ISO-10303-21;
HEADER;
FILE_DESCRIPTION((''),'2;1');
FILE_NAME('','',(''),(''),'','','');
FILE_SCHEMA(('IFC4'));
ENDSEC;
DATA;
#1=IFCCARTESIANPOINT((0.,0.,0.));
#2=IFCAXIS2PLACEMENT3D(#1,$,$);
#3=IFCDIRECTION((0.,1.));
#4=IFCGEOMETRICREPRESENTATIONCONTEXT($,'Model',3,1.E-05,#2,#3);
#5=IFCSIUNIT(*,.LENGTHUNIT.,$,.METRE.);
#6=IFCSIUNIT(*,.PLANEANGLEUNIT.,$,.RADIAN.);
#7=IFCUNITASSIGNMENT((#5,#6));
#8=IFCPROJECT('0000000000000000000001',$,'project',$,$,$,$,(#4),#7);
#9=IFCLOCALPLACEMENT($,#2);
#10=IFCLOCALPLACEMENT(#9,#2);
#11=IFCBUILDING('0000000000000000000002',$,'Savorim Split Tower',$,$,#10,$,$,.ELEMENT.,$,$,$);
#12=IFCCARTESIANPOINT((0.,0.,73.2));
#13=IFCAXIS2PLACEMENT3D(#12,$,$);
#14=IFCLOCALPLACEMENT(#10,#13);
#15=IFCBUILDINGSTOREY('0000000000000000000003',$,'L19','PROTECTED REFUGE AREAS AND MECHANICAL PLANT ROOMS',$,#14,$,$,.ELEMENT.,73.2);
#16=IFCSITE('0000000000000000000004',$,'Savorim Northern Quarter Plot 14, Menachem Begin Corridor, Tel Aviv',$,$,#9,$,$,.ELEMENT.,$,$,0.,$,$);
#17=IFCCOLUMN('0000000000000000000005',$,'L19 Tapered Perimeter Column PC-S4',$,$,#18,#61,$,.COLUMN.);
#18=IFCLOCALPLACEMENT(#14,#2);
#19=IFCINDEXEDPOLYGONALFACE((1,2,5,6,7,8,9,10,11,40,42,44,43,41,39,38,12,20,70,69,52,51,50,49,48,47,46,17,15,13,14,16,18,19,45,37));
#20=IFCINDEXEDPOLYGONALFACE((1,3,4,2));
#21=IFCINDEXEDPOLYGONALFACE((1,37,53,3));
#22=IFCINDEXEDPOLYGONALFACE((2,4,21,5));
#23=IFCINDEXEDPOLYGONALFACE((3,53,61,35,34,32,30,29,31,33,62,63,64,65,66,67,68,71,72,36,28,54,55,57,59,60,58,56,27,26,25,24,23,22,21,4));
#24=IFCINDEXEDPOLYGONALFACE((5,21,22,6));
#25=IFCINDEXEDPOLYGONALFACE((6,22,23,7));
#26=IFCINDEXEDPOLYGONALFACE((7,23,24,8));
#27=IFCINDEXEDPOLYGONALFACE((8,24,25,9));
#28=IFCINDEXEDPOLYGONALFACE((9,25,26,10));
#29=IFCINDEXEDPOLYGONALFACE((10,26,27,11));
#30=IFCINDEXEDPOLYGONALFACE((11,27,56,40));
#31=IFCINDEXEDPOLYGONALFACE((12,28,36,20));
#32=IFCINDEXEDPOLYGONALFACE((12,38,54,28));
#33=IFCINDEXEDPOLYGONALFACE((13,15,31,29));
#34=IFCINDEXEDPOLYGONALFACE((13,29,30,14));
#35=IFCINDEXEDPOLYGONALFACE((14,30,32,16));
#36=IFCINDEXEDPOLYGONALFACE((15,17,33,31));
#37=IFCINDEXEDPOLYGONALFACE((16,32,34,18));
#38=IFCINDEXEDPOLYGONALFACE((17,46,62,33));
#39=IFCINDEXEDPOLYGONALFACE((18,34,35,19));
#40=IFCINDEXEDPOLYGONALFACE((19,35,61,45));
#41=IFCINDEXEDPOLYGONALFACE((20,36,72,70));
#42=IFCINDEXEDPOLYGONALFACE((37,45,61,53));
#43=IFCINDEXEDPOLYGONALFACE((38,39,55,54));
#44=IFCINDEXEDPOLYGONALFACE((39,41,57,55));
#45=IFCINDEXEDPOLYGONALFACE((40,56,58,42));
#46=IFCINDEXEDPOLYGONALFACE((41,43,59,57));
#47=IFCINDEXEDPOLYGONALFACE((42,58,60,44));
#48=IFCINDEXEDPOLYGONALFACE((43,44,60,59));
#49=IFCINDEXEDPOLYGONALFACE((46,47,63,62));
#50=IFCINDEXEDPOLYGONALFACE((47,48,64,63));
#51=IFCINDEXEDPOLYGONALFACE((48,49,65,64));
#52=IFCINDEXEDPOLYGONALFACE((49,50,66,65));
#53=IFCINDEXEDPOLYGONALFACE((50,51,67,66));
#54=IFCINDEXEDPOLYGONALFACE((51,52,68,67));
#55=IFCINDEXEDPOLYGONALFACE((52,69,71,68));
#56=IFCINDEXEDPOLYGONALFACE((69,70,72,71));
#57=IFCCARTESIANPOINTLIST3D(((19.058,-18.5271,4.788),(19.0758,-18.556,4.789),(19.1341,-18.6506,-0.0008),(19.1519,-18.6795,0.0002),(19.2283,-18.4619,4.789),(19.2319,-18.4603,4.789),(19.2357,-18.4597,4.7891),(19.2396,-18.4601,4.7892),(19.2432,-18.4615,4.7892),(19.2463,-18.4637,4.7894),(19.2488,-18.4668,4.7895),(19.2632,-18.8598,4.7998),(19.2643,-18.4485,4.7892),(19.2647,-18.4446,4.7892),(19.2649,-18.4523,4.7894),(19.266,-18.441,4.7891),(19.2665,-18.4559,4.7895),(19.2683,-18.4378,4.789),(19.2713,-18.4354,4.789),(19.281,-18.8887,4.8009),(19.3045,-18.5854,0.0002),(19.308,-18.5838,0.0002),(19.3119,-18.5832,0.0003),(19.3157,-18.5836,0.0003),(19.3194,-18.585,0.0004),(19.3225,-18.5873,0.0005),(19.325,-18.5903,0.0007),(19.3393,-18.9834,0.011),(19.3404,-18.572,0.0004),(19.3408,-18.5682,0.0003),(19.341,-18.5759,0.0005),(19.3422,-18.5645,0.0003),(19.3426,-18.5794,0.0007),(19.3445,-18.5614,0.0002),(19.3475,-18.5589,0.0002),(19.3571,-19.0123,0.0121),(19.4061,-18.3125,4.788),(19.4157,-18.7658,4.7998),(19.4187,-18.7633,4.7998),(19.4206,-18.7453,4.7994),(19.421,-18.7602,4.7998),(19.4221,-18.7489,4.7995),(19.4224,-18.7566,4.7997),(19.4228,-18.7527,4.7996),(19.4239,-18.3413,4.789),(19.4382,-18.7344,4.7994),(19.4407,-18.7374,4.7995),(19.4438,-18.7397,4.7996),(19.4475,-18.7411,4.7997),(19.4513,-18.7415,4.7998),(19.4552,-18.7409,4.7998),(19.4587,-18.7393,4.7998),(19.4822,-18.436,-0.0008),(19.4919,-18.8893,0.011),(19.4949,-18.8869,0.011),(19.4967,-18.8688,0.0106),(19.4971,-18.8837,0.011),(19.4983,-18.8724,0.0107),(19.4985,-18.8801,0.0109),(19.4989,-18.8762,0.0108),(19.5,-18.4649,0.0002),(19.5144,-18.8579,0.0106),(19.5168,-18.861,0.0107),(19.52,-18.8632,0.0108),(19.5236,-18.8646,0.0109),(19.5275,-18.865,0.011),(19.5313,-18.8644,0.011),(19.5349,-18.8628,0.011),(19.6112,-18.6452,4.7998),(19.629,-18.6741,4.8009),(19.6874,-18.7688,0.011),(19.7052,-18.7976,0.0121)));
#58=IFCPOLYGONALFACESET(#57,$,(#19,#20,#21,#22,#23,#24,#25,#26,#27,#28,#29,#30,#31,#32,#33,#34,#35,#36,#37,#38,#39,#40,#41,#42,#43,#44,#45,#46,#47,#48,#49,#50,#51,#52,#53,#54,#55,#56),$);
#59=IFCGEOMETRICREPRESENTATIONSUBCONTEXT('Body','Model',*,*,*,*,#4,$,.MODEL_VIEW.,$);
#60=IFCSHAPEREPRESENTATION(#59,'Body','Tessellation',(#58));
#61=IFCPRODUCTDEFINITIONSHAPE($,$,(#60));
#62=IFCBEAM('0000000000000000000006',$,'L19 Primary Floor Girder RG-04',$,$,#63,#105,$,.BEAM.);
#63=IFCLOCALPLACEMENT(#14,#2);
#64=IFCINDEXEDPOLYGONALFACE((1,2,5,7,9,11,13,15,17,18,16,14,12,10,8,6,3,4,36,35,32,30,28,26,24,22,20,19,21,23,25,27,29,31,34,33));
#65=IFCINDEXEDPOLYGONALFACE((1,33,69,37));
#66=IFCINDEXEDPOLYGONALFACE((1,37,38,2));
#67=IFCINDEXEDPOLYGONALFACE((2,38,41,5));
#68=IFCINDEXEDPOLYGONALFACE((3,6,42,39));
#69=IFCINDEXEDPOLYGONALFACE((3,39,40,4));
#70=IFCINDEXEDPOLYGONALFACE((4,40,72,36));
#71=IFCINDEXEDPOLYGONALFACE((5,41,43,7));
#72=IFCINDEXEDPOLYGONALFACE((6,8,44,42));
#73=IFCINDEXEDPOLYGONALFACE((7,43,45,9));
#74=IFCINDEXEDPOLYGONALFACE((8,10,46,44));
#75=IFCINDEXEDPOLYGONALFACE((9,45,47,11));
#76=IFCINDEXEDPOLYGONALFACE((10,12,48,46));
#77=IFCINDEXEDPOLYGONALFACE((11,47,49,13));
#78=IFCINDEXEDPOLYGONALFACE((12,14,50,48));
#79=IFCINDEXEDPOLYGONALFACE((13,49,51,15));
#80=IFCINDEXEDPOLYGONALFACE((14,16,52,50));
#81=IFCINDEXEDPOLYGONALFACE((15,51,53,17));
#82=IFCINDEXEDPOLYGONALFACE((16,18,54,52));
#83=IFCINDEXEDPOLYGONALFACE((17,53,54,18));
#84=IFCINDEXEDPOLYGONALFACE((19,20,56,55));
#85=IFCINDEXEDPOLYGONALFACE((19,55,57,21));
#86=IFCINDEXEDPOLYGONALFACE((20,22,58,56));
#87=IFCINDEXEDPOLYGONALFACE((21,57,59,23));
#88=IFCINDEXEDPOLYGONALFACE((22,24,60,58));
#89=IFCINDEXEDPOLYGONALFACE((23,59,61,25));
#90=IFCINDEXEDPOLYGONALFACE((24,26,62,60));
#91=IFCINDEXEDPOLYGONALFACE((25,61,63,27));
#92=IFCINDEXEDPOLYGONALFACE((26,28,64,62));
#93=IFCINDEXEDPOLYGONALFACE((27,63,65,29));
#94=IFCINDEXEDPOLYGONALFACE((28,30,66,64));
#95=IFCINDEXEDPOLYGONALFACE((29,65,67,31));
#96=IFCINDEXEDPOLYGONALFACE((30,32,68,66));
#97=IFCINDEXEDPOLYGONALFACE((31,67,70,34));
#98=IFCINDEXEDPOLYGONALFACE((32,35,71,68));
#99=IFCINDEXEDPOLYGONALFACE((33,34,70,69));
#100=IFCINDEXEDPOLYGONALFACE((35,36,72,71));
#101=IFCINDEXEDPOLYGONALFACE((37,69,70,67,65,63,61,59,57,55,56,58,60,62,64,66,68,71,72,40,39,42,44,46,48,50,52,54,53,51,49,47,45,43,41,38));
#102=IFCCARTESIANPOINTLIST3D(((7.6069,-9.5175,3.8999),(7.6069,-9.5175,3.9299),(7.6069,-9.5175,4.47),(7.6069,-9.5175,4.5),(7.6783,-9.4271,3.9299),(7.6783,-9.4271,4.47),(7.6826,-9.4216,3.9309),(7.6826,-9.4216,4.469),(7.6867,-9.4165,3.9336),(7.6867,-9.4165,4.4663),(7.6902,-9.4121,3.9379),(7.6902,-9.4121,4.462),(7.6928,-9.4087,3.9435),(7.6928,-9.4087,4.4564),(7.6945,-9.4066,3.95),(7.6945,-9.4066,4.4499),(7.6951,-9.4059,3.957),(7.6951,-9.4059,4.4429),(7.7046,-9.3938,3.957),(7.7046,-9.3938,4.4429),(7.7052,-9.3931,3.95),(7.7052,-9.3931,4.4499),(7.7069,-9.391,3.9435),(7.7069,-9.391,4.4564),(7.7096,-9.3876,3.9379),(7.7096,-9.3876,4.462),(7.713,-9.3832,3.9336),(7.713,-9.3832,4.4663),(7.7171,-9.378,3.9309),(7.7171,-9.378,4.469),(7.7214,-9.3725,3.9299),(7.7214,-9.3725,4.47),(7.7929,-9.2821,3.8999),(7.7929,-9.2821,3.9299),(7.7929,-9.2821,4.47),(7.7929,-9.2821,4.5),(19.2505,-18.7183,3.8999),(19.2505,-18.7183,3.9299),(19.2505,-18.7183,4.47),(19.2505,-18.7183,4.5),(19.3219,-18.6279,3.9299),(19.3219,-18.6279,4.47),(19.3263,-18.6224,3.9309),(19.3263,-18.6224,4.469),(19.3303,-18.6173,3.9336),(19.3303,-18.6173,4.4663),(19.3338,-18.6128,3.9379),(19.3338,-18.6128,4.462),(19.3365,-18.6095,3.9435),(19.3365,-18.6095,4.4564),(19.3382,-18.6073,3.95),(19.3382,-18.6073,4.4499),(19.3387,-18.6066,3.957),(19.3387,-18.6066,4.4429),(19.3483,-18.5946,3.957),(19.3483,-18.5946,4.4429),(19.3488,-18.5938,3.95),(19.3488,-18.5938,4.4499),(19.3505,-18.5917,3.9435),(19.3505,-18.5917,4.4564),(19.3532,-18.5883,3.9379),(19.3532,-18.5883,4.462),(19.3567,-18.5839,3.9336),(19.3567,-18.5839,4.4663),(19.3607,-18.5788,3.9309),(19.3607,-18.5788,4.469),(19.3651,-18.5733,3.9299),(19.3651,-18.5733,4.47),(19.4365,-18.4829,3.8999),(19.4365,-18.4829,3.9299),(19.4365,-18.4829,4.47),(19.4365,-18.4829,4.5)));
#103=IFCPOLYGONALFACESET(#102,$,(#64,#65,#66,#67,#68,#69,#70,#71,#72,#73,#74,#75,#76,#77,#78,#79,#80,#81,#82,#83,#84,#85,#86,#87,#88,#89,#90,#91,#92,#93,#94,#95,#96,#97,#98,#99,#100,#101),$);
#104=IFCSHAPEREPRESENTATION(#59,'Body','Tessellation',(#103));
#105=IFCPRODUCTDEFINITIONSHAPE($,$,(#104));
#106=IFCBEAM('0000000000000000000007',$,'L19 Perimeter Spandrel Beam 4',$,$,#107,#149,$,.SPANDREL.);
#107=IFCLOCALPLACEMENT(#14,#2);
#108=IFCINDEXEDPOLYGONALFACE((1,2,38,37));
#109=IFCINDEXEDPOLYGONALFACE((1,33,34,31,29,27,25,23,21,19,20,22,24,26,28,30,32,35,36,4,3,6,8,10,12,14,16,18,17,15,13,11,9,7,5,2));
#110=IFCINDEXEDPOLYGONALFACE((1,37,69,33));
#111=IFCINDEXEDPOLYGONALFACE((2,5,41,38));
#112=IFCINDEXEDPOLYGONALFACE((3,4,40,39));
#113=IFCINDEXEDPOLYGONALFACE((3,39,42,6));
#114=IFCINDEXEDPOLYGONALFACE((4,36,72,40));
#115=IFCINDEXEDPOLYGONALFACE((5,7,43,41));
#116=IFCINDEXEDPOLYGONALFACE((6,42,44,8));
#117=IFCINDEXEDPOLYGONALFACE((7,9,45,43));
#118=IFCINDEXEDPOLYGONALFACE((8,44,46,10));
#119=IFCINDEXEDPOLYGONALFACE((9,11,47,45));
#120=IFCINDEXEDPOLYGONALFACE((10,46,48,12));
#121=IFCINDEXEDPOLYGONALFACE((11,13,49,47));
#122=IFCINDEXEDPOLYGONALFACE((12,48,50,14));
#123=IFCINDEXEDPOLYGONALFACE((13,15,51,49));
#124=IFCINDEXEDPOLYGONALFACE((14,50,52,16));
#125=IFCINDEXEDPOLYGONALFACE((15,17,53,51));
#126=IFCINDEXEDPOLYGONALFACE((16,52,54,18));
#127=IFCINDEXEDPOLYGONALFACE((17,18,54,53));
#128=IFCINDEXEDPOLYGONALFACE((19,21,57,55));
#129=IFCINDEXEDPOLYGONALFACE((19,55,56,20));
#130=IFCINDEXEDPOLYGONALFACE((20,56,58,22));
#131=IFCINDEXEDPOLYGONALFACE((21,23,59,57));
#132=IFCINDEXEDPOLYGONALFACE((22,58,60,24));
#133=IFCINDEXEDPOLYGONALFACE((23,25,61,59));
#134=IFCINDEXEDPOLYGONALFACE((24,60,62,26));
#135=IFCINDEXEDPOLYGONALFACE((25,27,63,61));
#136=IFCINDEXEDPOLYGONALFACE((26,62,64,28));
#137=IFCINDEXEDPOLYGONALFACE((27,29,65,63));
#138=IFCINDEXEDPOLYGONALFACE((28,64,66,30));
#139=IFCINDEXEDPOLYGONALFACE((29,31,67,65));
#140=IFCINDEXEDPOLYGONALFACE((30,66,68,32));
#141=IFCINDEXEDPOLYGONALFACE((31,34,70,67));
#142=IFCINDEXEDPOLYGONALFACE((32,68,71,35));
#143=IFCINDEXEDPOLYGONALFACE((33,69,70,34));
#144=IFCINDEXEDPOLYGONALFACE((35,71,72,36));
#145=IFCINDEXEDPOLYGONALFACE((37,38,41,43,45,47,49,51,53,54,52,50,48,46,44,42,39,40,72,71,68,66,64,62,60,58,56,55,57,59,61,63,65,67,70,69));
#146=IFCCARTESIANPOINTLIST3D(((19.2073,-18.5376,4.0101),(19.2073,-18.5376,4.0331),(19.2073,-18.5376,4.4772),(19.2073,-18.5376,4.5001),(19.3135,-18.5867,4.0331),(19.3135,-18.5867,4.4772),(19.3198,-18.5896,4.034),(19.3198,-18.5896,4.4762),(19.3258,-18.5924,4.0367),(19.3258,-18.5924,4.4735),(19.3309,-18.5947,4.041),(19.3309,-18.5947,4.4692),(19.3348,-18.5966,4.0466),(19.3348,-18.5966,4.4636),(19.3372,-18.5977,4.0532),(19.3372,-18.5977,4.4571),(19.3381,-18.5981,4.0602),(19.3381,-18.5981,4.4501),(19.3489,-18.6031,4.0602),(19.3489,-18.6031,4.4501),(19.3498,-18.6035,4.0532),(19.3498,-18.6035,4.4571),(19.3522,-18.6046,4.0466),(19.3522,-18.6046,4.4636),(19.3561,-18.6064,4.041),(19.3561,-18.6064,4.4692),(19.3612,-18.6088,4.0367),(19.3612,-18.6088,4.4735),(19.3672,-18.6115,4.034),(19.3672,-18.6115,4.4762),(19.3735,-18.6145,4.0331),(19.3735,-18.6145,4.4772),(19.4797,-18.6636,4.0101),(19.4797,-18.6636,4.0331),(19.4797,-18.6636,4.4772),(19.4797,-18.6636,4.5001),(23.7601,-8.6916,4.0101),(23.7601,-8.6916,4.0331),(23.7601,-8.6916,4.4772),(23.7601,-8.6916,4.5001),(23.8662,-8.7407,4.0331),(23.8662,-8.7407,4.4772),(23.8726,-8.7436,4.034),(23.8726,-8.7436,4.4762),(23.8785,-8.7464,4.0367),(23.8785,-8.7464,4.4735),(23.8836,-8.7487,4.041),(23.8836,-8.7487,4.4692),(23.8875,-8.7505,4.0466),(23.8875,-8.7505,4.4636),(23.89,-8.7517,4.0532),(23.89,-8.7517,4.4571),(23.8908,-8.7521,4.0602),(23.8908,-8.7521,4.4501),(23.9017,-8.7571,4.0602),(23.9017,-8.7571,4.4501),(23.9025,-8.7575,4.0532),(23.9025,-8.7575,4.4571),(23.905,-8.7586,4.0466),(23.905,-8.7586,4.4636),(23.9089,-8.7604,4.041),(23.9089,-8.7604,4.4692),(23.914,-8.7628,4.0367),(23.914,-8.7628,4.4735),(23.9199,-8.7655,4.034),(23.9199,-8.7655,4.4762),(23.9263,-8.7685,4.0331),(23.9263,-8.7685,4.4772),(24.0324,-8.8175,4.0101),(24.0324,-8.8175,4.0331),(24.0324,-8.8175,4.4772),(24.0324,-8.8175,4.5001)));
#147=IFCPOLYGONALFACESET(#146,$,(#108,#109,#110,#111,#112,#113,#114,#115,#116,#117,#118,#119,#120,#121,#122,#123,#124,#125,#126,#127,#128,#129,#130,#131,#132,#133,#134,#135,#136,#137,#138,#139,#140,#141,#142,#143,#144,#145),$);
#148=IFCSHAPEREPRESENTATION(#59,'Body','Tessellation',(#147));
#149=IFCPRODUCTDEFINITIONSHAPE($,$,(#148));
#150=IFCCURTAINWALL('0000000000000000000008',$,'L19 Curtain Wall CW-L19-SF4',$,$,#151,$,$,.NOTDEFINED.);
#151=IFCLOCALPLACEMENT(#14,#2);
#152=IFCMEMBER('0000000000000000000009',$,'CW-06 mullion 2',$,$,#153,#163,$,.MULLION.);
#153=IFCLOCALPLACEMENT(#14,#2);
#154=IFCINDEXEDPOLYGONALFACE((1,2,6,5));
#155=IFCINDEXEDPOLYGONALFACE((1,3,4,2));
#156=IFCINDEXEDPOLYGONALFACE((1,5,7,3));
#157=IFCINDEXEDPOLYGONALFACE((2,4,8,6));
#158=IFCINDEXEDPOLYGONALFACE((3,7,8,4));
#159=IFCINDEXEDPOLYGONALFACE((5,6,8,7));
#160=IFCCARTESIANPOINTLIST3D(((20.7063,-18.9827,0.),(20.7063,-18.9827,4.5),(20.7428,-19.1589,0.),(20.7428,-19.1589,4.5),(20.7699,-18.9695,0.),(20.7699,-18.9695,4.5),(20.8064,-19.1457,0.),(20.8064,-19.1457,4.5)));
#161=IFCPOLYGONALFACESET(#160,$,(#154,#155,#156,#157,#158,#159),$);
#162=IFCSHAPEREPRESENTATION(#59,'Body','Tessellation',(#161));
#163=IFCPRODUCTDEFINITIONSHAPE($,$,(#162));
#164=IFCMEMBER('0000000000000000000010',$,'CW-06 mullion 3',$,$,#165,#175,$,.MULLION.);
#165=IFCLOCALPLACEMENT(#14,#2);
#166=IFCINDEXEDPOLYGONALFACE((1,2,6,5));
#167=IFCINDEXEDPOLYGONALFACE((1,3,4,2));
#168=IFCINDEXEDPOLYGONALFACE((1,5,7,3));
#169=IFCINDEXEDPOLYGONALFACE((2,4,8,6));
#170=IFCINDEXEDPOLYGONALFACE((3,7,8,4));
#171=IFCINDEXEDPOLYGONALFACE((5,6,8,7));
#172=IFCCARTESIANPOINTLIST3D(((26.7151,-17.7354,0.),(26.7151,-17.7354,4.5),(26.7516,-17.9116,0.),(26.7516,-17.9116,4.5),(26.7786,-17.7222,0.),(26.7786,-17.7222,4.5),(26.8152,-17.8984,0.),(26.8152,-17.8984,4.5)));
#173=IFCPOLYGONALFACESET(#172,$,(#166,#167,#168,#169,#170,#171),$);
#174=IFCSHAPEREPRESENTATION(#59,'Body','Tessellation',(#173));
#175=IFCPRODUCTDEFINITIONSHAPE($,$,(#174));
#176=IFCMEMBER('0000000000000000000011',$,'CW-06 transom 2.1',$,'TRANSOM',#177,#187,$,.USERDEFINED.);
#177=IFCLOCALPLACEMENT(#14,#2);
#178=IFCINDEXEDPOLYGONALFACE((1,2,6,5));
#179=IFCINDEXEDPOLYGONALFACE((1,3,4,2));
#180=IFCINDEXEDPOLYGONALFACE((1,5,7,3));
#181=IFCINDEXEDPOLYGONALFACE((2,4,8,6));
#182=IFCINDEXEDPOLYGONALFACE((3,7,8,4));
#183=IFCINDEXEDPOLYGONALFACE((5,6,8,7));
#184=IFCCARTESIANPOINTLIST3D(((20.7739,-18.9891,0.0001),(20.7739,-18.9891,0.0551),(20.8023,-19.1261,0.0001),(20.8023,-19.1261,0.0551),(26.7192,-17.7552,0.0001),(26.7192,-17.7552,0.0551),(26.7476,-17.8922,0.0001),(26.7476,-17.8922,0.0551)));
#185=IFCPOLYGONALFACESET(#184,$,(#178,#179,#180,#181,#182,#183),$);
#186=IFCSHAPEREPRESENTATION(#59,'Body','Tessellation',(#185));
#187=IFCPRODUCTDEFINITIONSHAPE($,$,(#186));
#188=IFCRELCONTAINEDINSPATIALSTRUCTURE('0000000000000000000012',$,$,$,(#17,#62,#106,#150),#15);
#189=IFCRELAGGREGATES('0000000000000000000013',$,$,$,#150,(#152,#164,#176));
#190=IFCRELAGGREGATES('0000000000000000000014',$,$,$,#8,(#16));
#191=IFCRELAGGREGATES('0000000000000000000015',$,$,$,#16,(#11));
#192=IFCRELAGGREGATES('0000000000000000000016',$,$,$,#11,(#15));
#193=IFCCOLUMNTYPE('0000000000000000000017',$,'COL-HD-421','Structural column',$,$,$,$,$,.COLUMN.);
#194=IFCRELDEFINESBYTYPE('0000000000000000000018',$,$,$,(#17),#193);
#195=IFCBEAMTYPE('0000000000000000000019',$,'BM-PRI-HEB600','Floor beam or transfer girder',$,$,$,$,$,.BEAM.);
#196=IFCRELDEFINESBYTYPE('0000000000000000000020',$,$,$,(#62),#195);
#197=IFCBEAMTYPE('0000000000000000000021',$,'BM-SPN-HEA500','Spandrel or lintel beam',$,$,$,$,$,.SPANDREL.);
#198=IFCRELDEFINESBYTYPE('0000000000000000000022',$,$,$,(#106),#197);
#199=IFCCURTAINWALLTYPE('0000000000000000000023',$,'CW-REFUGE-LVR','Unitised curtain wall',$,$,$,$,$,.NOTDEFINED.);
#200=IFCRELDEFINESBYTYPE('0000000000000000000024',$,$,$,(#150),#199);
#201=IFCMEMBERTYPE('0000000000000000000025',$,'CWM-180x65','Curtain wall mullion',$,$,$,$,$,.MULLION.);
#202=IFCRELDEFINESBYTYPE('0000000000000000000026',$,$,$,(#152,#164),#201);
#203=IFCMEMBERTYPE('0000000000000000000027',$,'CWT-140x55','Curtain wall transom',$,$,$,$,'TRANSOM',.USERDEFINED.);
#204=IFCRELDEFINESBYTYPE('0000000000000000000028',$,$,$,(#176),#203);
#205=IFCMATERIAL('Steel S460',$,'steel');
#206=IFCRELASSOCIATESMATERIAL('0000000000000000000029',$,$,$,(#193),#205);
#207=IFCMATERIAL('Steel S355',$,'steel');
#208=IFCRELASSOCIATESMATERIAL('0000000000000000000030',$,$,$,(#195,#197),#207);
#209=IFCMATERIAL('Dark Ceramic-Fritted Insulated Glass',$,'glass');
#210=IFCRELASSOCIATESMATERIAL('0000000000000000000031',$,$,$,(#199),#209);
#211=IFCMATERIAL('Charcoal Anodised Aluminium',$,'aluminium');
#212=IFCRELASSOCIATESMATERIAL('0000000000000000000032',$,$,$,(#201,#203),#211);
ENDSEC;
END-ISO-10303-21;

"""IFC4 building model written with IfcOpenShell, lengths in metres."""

from ifc_helpers import new_model, si_unit, direction, frame, origin, origin_2d, place, context, subcontext, project, spatial, rectangle, i_section, extrude, material, material_profile, profile_set, type_object, element, aggregate, save


model = new_model("IFC4")

# Units and contexts
model_context = context("Model", 3, precision=1e-05, world=origin(), true_north=direction((0.0, 1.0)))
body_context = subcontext(model_context, "Body", "Model", "MODEL_VIEW")
ifc_project = project(units=[si_unit("LENGTHUNIT", "METRE"), si_unit("PLANEANGLEUNIT", "RADIAN")], contexts=[model_context])

# Site, building, storey
site_placement = place(None, origin())
site = spatial("IfcSite", under=ifc_project, at=site_placement, Name="Savorim Northern Quarter Plot 14, Menachem Begin Corridor, Tel Aviv", CompositionType="ELEMENT", RefElevation=0.0)
building_placement = place(site_placement, origin())
building = spatial("IfcBuilding", under=site, at=building_placement, Name="Savorim Split Tower", CompositionType="ELEMENT")
storey_placement = place(building_placement, frame((0.0, 0.0, 73.2)))
storey = spatial("IfcBuildingStorey", under=building, at=storey_placement, Name="L19", Description="PROTECTED REFUGE AREAS AND MECHANICAL PLANT ROOMS", CompositionType="ELEMENT", Elevation=73.2)

# Column
ifc_material_1 = material(Name="Steel S460", Category="steel")
ifc_material_profile_1 = material_profile(ifc_material_1, i_section(OverallWidth=0.4089, OverallDepth=0.425, WebThickness=0.0208, FlangeThickness=0.0339, FilletRadius=0.0149, at=origin_2d()), Name="HD 400x421")
ifc_profile_set_1 = profile_set([ifc_material_profile_1], Name="Steel S460")
column_type = type_object("IfcColumnType", Name="COL-HD-421", Description="Structural column", PredefinedType="COLUMN", material=ifc_profile_set_1)
column_placement = place(storey_placement, frame((19.4197, -18.7241, 0.0056), z_axis=(-0.015899, 0.025785, 0.999541), x_axis=(-0.851196, -0.524848, 0.0)))
element("IfcColumn", 1, at=column_placement, inside=storey, type_object=column_type, Name="L19 Tapered Perimeter Column PC-S4", PredefinedType="COLUMN", context=body_context, shape_type="SweptSolid", body=[
    extrude(i_section(OverallWidth=0.4089, OverallDepth=0.425, WebThickness=0.0208, FlangeThickness=0.0339, FilletRadius=0.0149, at=origin_2d()), origin(), (0.0, 0.0, 1.0), 4.791),
])

# Beams
ifc_material_2 = material(Name="Steel S355", Category="steel")
ifc_material_profile_2 = material_profile(ifc_material_2, i_section(OverallWidth=0.3, OverallDepth=0.6001, WebThickness=0.0154, FlangeThickness=0.03, FilletRadius=0.0271, at=origin_2d()), Name="HEB 600")
ifc_profile_set_2 = profile_set([ifc_material_profile_2], Name="Steel S355")
beam_type_1 = type_object("IfcBeamType", Name="BM-PRI-HEB600", Description="Floor beam or transfer girder", PredefinedType="BEAM", material=ifc_profile_set_2)
beam_1_placement = place(storey_placement, frame((19.3435, -18.6006, 4.2), z_axis=(-0.784607, 0.619993, 0.0), x_axis=(-0.619993, -0.784607, 0.0)))
element("IfcBeam", 2, at=beam_1_placement, inside=storey, type_object=beam_type_1, Name="L19 Primary Floor Girder RG-04", PredefinedType="BEAM", context=body_context, shape_type="SweptSolid", body=[
    extrude(i_section(OverallWidth=0.3, OverallDepth=0.6001, WebThickness=0.0154, FlangeThickness=0.03, FilletRadius=0.0271, at=origin_2d()), origin(), (0.0, 0.0, 1.0), 14.8401),
])
ifc_material_profile_3 = material_profile(ifc_material_2, i_section(OverallWidth=0.3, OverallDepth=0.49, WebThickness=0.012, FlangeThickness=0.0229, FilletRadius=0.0271, at=origin_2d()), Name="HEA 500")
ifc_profile_set_3 = profile_set([ifc_material_profile_3], Name="Steel S355")
beam_type_2 = type_object("IfcBeamType", Name="BM-SPN-HEA500", Description="Spandrel or lintel beam", PredefinedType="SPANDREL", material=ifc_profile_set_3)
beam_2_placement = place(storey_placement, frame((19.3435, -18.6006, 4.2551), z_axis=(0.4197, 0.907663, 0.0), x_axis=(-0.907663, 0.4197, 0.0)))
element("IfcBeam", 3, at=beam_2_placement, inside=storey, type_object=beam_type_2, Name="L19 Perimeter Spandrel Beam 4", PredefinedType="SPANDREL", context=body_context, shape_type="SweptSolid", body=[
    extrude(i_section(OverallWidth=0.3, OverallDepth=0.49, WebThickness=0.012, FlangeThickness=0.0229, FilletRadius=0.0271, at=origin_2d()), origin(), (0.0, 0.0, 1.0), 10.8477),
])

# Curtain wall, members
ifc_material_3 = material(Name="Dark Ceramic-Fritted Insulated Glass", Category="glass")
curtain_wall_type = type_object("IfcCurtainWallType", Name="CW-REFUGE-LVR", Description="Unitised curtain wall", PredefinedType="NOTDEFINED", material=ifc_material_3)
curtain_wall_placement = place(storey_placement, origin())
curtain_wall = element("IfcCurtainWall", 4, at=curtain_wall_placement, inside=storey, type_object=curtain_wall_type, Name="L19 Curtain Wall CW-L19-SF4", PredefinedType="NOTDEFINED")
ifc_material_4 = material(Name="Charcoal Anodised Aluminium", Category="aluminium")
ifc_material_profile_4 = material_profile(ifc_material_4, rectangle(XDim=0.1799, YDim=0.0649, at=origin_2d()), Name="ALU-M 180x65")
ifc_profile_set_4 = profile_set([ifc_material_profile_4], Name="Charcoal Anodised Aluminium")
member_type_1 = type_object("IfcMemberType", Name="CWM-180x65", Description="Curtain wall mullion", PredefinedType="MULLION", material=ifc_profile_set_4)
member_1_placement = place(storey_placement, frame((20.7563, -19.0642, 0.0), z_axis=(0.0, 0.0, 1.0), x_axis=(-0.20321, 0.979135, 0.0)))
member_1 = element("IfcMember", 5, at=member_1_placement, type_object=member_type_1, Name="CW-06 mullion 2", PredefinedType="MULLION", context=body_context, shape_type="SweptSolid", body=[
    extrude(rectangle(XDim=0.1799, YDim=0.0649, at=origin_2d()), origin(), (0.0, 0.0, 1.0), 4.5),
])
member_2_placement = place(storey_placement, frame((26.7651, -17.8169, 0.0), z_axis=(0.0, 0.0, 1.0), x_axis=(-0.20321, 0.979135, 0.0)))
member_2 = element("IfcMember", 6, at=member_2_placement, type_object=member_type_1, Name="CW-06 mullion 3", PredefinedType="MULLION", context=body_context, shape_type="SweptSolid", body=[
    extrude(rectangle(XDim=0.1799, YDim=0.0649, at=origin_2d()), origin(), (0.0, 0.0, 1.0), 4.5),
])
ifc_material_profile_5 = material_profile(ifc_material_4, rectangle(XDim=0.1399, YDim=0.0549, at=origin_2d()), Name="ALU-T 140x55")
ifc_profile_set_5 = profile_set([ifc_material_profile_5], Name="Charcoal Anodised Aluminium")
member_type_2 = type_object("IfcMemberType", Name="CWT-140x55", Description="Curtain wall transom", ElementType="TRANSOM", PredefinedType="USERDEFINED", material=ifc_profile_set_5)
member_3_placement = place(storey_placement, frame((20.7881, -19.0576, 0.0276), z_axis=(0.979135, 0.203209, 0.0), x_axis=(-0.203209, 0.979135, 0.0)))
member_3 = element("IfcMember", 7, at=member_3_placement, type_object=member_type_2, Name="CW-06 transom 2.1", ObjectType="TRANSOM", PredefinedType="USERDEFINED", context=body_context, shape_type="SweptSolid", body=[
    extrude(rectangle(XDim=0.1399, YDim=0.0549, at=origin_2d()), origin(), (0.0, 0.0, 1.0), 6.072),
])

aggregate(curtain_wall, [member_1, member_2, member_3])

save(model, "model.ifc")
